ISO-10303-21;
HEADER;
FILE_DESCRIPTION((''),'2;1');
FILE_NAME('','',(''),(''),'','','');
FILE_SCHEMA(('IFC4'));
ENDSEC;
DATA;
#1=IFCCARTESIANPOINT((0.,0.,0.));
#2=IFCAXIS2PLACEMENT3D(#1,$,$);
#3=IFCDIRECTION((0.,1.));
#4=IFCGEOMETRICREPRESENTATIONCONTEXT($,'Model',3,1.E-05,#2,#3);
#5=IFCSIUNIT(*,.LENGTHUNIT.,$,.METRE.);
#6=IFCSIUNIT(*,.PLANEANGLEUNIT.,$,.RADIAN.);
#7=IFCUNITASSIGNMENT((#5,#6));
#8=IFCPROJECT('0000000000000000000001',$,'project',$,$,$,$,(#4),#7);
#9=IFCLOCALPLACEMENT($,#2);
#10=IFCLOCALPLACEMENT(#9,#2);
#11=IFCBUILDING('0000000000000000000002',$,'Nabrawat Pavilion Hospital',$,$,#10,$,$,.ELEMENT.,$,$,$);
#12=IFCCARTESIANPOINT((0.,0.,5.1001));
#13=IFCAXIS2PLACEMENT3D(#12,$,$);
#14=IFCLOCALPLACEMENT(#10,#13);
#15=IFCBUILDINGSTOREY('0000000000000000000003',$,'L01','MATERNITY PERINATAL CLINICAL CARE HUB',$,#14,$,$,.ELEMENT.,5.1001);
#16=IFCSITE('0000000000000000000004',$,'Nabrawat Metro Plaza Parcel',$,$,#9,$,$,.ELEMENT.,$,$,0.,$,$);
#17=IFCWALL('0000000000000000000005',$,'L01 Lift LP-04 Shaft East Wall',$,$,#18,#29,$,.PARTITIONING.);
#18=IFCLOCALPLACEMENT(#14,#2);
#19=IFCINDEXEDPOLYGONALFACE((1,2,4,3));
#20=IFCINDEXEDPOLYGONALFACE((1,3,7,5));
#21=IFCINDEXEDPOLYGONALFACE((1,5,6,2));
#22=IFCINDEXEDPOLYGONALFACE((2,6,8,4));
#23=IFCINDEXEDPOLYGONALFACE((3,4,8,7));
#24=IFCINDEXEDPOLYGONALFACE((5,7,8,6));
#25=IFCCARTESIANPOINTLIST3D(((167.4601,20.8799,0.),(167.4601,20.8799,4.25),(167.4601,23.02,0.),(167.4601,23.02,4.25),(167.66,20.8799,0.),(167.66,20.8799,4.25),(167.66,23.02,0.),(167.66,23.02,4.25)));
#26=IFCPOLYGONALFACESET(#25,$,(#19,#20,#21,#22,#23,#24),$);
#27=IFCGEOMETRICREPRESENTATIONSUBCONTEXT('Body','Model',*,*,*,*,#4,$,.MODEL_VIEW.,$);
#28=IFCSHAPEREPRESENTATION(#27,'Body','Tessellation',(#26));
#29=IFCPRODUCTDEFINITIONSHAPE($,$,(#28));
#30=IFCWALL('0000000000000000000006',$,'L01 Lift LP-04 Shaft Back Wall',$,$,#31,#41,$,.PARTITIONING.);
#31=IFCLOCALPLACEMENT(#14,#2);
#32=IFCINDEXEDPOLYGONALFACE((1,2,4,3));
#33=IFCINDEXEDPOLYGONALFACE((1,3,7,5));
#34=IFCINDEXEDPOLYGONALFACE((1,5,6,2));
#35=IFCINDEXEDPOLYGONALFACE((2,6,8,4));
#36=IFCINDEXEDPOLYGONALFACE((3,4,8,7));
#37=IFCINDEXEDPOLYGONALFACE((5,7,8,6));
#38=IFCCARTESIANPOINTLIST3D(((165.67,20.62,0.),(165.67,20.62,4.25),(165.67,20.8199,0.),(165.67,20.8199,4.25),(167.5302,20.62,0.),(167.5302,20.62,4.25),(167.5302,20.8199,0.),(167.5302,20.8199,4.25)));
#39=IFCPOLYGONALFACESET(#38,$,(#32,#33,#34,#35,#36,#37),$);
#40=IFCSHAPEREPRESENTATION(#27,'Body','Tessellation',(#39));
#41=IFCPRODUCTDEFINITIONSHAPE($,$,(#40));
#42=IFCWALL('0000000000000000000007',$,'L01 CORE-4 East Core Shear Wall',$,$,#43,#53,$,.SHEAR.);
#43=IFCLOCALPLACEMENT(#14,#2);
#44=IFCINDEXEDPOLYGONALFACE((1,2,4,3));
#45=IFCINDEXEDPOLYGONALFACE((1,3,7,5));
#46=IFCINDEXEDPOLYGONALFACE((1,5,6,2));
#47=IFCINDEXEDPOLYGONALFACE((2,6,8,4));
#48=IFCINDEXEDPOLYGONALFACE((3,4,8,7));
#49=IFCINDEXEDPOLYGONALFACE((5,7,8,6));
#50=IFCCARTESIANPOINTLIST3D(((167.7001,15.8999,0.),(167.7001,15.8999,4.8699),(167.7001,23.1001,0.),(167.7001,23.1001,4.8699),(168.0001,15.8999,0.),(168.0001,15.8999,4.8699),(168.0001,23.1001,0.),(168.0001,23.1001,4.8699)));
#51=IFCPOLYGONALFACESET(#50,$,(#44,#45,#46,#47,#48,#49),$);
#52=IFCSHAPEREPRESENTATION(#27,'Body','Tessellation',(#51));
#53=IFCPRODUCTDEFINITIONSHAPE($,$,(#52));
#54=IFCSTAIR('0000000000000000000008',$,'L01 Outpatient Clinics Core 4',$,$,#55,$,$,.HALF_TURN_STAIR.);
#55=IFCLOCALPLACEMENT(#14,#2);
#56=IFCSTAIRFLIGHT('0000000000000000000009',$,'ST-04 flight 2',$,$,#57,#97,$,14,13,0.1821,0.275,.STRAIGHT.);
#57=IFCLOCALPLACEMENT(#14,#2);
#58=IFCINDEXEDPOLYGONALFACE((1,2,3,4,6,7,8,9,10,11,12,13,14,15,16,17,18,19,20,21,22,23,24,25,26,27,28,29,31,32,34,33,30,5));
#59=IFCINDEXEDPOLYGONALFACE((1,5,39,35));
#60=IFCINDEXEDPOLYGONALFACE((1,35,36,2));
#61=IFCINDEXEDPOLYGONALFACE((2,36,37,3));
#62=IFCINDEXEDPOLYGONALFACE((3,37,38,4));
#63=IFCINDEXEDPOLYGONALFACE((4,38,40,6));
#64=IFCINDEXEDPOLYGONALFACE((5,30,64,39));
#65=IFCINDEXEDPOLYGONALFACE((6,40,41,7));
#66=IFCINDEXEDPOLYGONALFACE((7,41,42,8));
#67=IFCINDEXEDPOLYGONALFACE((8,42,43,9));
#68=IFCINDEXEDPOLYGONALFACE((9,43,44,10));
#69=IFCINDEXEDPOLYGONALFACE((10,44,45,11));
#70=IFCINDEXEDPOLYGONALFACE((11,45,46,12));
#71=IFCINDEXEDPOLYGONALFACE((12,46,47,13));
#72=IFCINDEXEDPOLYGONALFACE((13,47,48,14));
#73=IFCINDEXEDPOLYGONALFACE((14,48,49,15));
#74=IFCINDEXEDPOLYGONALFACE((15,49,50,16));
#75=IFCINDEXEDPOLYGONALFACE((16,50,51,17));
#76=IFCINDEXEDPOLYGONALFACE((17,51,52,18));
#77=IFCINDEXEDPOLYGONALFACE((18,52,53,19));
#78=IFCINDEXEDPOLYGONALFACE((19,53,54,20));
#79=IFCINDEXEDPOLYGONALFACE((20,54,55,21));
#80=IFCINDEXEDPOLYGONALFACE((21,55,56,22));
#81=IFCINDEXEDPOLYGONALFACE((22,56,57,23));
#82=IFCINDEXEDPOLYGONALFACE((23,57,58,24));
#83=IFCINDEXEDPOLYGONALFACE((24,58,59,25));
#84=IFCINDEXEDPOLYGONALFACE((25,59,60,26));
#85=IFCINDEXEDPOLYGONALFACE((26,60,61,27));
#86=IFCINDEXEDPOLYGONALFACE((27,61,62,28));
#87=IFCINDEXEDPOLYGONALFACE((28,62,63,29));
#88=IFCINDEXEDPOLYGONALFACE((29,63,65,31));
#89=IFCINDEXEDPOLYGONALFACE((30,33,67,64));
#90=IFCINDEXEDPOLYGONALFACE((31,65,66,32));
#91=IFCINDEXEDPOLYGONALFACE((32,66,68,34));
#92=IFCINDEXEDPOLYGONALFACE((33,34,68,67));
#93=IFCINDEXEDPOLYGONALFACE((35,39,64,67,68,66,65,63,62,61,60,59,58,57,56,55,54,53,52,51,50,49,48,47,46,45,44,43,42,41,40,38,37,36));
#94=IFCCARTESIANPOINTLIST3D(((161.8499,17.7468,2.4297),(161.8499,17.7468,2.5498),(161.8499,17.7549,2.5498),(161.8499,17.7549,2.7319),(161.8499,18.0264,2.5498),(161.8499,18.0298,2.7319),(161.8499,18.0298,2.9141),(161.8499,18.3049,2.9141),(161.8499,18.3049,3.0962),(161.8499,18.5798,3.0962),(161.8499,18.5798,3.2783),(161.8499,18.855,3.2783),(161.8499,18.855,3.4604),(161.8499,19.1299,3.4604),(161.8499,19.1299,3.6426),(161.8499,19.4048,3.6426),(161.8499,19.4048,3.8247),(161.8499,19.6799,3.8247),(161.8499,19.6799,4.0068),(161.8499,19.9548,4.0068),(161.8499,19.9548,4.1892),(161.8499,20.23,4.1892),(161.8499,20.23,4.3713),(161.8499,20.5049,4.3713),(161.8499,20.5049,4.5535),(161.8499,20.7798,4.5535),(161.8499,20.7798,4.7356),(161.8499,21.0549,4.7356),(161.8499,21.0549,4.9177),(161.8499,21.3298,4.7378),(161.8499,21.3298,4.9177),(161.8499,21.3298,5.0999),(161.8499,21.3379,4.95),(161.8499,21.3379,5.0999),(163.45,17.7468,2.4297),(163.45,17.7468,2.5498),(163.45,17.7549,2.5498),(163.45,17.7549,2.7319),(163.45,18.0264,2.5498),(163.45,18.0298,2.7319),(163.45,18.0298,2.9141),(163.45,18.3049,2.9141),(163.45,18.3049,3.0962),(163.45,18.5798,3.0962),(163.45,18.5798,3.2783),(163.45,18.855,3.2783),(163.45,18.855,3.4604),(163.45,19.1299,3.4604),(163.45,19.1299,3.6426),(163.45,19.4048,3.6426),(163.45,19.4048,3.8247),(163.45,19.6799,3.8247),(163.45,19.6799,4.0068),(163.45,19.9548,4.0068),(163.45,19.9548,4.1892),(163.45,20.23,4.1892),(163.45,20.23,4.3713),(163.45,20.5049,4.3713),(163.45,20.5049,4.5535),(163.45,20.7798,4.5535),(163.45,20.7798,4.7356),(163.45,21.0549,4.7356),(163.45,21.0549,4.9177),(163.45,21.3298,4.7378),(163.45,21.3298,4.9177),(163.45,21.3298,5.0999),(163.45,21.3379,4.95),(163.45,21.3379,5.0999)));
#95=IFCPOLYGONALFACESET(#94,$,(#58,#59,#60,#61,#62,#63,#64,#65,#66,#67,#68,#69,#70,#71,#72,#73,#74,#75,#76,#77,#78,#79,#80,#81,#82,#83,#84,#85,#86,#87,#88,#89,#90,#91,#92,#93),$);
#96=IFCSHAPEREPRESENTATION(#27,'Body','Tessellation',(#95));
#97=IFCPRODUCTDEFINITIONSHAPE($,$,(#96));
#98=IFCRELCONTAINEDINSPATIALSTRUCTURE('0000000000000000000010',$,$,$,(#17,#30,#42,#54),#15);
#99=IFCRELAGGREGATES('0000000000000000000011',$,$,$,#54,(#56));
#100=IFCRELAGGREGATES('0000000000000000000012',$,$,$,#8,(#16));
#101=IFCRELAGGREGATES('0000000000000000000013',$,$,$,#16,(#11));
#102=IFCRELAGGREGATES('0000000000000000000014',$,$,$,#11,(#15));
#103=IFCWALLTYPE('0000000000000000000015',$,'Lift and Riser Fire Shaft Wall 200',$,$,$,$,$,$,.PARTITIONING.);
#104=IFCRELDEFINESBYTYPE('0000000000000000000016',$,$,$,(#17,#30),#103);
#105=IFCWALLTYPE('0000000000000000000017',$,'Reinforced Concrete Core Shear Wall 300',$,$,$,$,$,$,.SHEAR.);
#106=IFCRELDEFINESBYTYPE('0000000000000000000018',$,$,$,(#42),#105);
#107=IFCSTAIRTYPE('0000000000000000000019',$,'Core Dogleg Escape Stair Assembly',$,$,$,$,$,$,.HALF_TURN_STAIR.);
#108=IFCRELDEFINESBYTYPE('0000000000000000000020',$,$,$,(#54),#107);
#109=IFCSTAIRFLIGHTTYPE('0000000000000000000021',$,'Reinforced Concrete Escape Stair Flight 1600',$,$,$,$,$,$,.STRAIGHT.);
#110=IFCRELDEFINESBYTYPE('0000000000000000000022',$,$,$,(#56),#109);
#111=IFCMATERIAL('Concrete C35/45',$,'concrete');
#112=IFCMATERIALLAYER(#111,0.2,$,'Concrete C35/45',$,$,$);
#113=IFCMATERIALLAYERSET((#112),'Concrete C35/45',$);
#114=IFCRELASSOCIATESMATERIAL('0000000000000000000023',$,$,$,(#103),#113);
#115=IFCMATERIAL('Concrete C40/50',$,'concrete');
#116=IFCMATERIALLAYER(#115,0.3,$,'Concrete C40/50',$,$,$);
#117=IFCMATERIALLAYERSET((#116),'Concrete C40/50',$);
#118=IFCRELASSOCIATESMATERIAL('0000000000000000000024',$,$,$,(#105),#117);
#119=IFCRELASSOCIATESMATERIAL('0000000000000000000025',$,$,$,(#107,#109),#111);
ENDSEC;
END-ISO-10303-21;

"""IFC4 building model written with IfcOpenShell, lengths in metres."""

from ifc_helpers import new_model, si_unit, direction, frame, frame_2d, origin, place, context, subcontext, project, spatial, polyline, rectangle, outline, extrude, material, layer, layer_set, type_object, element, aggregate, save


model = new_model("IFC4")

# Units and contexts
model_context = context("Model", 3, precision=1e-05, world=origin(), true_north=direction((0.0, 1.0)))
body_context = subcontext(model_context, "Body", "Model", "MODEL_VIEW")
ifc_project = project(units=[si_unit("LENGTHUNIT", "METRE"), si_unit("PLANEANGLEUNIT", "RADIAN")], contexts=[model_context])

# Site, building, storey
site_placement = place(None, origin())
site = spatial("IfcSite", under=ifc_project, at=site_placement, Name="Nabrawat Metro Plaza Parcel", CompositionType="ELEMENT", RefElevation=0.0)
building_placement = place(site_placement, origin())
building = spatial("IfcBuilding", under=site, at=building_placement, Name="Nabrawat Pavilion Hospital", CompositionType="ELEMENT")
storey_placement = place(building_placement, frame((0.0, 0.0, 5.1001)))
storey = spatial("IfcBuildingStorey", under=building, at=storey_placement, Name="L01", Description="MATERNITY PERINATAL CLINICAL CARE HUB", CompositionType="ELEMENT", Elevation=5.1001)

# Walls
ifc_material_1 = material(Name="Concrete C35/45", Category="concrete")
ifc_layer_1 = layer(ifc_material_1, 0.2, Name="Concrete C35/45")
ifc_layer_set_1 = layer_set([ifc_layer_1], Name="Concrete C35/45")
wall_type_1 = type_object("IfcWallType", Name="Lift and Riser Fire Shaft Wall 200", PredefinedType="PARTITIONING", material=ifc_layer_set_1)
wall_1_placement = place(storey_placement, frame((167.5601, 20.8799, 0.0), z_axis=(0.0, 0.0, 1.0), x_axis=(0.0, 1.0, 0.0)))
element("IfcWall", 1, at=wall_1_placement, inside=storey, type_object=wall_type_1, Name="L01 Lift LP-04 Shaft East Wall", PredefinedType="PARTITIONING", context=body_context, shape_type="SweptSolid", body=[
    extrude(rectangle(XDim=2.1401, YDim=0.2, at=frame_2d((1.0701, 0.0))), origin(), (0.0, 0.0, 1.0), 4.25),
])
wall_2_placement = place(storey_placement, frame((165.6699, 20.72, 0.0), z_axis=(0.0, 0.0, 1.0), x_axis=(1.0, 0.0, 0.0)))
element("IfcWall", 2, at=wall_2_placement, inside=storey, type_object=wall_type_1, Name="L01 Lift LP-04 Shaft Back Wall", PredefinedType="PARTITIONING", context=body_context, shape_type="SweptSolid", body=[
    extrude(rectangle(XDim=1.8601, YDim=0.2, at=frame_2d((0.9302, 0.0))), origin(), (0.0, 0.0, 1.0), 4.25),
])
ifc_material_2 = material(Name="Concrete C40/50", Category="concrete")
ifc_layer_2 = layer(ifc_material_2, 0.3, Name="Concrete C40/50")
ifc_layer_set_2 = layer_set([ifc_layer_2], Name="Concrete C40/50")
wall_type_2 = type_object("IfcWallType", Name="Reinforced Concrete Core Shear Wall 300", PredefinedType="SHEAR", material=ifc_layer_set_2)
wall_3_placement = place(storey_placement, frame((167.8501, 15.8999, 0.0), z_axis=(0.0, 0.0, 1.0), x_axis=(0.0, 1.0, 0.0)))
element("IfcWall", 3, at=wall_3_placement, inside=storey, type_object=wall_type_2, Name="L01 CORE-4 East Core Shear Wall", PredefinedType="SHEAR", context=body_context, shape_type="SweptSolid", body=[
    extrude(rectangle(XDim=7.2002, YDim=0.3, at=frame_2d((3.6001, 0.0))), origin(), (0.0, 0.0, 1.0), 4.8699),
])

# Stair, stair flight
stair_type = type_object("IfcStairType", Name="Core Dogleg Escape Stair Assembly", PredefinedType="HALF_TURN_STAIR", material=ifc_material_1)
stair_placement = place(storey_placement, origin())
stair = element("IfcStair", 4, at=stair_placement, inside=storey, type_object=stair_type, Name="L01 Outpatient Clinics Core 4", PredefinedType="HALF_TURN_STAIR")
stair_flight_type = type_object("IfcStairFlightType", Name="Reinforced Concrete Escape Stair Flight 1600", PredefinedType="STRAIGHT", material=ifc_material_1)
stair_flight_placement = place(storey_placement, frame((162.6499, 17.7549, 2.5498), z_axis=(0.0, 0.0, 1.0), x_axis=(0.0, 1.0, 0.0)))
stair_flight = element("IfcStairFlight", 5, at=stair_flight_placement, type_object=stair_flight_type, Name="ST-04 flight 2", NumberOfRisers=14, NumberOfTreads=13, PredefinedType="STRAIGHT", RiserHeight=0.1821, TreadLength=0.275, context=body_context, shape_type="SweptSolid", body=[
    extrude(outline(polyline([(-0.0081, 0.0), (0.0, 0.0), (0.0, 0.1821), (0.2749, 0.1821), (0.2749, 0.3643), (0.55, 0.3643), (0.55, 0.5464), (0.825, 0.5464), (0.825, 0.7285), (1.1001, 0.7285), (1.1001, 0.9106), (1.375, 0.9106), (1.375, 1.0928), (1.6499, 1.0928), (1.6499, 1.2749), (1.925, 1.2749), (1.925, 1.457), (2.2, 1.457), (2.2, 1.6394), (2.4751, 1.6394), (2.4751, 1.8215), (2.75, 1.8215), (2.75, 2.0037), (3.0249, 2.0037), (3.0249, 2.1858), (3.3, 2.1858), (3.3, 2.3679), (3.575, 2.3679), (3.575, 2.55), (3.583, 2.55), (3.583, 2.4001), (3.575, 2.188), (0.2715, 0.0), (-0.0081, -0.1201), (-0.0081, 0.0)])), frame((0.0, 0.8, 0.0), z_axis=(0.0, -1.0, 0.0), x_axis=(1.0, 0.0, 0.0)), (0.0, 0.0, 1.0), 1.6001),
])
aggregate(stair, [stair_flight])

save(model, "model.ifc")
